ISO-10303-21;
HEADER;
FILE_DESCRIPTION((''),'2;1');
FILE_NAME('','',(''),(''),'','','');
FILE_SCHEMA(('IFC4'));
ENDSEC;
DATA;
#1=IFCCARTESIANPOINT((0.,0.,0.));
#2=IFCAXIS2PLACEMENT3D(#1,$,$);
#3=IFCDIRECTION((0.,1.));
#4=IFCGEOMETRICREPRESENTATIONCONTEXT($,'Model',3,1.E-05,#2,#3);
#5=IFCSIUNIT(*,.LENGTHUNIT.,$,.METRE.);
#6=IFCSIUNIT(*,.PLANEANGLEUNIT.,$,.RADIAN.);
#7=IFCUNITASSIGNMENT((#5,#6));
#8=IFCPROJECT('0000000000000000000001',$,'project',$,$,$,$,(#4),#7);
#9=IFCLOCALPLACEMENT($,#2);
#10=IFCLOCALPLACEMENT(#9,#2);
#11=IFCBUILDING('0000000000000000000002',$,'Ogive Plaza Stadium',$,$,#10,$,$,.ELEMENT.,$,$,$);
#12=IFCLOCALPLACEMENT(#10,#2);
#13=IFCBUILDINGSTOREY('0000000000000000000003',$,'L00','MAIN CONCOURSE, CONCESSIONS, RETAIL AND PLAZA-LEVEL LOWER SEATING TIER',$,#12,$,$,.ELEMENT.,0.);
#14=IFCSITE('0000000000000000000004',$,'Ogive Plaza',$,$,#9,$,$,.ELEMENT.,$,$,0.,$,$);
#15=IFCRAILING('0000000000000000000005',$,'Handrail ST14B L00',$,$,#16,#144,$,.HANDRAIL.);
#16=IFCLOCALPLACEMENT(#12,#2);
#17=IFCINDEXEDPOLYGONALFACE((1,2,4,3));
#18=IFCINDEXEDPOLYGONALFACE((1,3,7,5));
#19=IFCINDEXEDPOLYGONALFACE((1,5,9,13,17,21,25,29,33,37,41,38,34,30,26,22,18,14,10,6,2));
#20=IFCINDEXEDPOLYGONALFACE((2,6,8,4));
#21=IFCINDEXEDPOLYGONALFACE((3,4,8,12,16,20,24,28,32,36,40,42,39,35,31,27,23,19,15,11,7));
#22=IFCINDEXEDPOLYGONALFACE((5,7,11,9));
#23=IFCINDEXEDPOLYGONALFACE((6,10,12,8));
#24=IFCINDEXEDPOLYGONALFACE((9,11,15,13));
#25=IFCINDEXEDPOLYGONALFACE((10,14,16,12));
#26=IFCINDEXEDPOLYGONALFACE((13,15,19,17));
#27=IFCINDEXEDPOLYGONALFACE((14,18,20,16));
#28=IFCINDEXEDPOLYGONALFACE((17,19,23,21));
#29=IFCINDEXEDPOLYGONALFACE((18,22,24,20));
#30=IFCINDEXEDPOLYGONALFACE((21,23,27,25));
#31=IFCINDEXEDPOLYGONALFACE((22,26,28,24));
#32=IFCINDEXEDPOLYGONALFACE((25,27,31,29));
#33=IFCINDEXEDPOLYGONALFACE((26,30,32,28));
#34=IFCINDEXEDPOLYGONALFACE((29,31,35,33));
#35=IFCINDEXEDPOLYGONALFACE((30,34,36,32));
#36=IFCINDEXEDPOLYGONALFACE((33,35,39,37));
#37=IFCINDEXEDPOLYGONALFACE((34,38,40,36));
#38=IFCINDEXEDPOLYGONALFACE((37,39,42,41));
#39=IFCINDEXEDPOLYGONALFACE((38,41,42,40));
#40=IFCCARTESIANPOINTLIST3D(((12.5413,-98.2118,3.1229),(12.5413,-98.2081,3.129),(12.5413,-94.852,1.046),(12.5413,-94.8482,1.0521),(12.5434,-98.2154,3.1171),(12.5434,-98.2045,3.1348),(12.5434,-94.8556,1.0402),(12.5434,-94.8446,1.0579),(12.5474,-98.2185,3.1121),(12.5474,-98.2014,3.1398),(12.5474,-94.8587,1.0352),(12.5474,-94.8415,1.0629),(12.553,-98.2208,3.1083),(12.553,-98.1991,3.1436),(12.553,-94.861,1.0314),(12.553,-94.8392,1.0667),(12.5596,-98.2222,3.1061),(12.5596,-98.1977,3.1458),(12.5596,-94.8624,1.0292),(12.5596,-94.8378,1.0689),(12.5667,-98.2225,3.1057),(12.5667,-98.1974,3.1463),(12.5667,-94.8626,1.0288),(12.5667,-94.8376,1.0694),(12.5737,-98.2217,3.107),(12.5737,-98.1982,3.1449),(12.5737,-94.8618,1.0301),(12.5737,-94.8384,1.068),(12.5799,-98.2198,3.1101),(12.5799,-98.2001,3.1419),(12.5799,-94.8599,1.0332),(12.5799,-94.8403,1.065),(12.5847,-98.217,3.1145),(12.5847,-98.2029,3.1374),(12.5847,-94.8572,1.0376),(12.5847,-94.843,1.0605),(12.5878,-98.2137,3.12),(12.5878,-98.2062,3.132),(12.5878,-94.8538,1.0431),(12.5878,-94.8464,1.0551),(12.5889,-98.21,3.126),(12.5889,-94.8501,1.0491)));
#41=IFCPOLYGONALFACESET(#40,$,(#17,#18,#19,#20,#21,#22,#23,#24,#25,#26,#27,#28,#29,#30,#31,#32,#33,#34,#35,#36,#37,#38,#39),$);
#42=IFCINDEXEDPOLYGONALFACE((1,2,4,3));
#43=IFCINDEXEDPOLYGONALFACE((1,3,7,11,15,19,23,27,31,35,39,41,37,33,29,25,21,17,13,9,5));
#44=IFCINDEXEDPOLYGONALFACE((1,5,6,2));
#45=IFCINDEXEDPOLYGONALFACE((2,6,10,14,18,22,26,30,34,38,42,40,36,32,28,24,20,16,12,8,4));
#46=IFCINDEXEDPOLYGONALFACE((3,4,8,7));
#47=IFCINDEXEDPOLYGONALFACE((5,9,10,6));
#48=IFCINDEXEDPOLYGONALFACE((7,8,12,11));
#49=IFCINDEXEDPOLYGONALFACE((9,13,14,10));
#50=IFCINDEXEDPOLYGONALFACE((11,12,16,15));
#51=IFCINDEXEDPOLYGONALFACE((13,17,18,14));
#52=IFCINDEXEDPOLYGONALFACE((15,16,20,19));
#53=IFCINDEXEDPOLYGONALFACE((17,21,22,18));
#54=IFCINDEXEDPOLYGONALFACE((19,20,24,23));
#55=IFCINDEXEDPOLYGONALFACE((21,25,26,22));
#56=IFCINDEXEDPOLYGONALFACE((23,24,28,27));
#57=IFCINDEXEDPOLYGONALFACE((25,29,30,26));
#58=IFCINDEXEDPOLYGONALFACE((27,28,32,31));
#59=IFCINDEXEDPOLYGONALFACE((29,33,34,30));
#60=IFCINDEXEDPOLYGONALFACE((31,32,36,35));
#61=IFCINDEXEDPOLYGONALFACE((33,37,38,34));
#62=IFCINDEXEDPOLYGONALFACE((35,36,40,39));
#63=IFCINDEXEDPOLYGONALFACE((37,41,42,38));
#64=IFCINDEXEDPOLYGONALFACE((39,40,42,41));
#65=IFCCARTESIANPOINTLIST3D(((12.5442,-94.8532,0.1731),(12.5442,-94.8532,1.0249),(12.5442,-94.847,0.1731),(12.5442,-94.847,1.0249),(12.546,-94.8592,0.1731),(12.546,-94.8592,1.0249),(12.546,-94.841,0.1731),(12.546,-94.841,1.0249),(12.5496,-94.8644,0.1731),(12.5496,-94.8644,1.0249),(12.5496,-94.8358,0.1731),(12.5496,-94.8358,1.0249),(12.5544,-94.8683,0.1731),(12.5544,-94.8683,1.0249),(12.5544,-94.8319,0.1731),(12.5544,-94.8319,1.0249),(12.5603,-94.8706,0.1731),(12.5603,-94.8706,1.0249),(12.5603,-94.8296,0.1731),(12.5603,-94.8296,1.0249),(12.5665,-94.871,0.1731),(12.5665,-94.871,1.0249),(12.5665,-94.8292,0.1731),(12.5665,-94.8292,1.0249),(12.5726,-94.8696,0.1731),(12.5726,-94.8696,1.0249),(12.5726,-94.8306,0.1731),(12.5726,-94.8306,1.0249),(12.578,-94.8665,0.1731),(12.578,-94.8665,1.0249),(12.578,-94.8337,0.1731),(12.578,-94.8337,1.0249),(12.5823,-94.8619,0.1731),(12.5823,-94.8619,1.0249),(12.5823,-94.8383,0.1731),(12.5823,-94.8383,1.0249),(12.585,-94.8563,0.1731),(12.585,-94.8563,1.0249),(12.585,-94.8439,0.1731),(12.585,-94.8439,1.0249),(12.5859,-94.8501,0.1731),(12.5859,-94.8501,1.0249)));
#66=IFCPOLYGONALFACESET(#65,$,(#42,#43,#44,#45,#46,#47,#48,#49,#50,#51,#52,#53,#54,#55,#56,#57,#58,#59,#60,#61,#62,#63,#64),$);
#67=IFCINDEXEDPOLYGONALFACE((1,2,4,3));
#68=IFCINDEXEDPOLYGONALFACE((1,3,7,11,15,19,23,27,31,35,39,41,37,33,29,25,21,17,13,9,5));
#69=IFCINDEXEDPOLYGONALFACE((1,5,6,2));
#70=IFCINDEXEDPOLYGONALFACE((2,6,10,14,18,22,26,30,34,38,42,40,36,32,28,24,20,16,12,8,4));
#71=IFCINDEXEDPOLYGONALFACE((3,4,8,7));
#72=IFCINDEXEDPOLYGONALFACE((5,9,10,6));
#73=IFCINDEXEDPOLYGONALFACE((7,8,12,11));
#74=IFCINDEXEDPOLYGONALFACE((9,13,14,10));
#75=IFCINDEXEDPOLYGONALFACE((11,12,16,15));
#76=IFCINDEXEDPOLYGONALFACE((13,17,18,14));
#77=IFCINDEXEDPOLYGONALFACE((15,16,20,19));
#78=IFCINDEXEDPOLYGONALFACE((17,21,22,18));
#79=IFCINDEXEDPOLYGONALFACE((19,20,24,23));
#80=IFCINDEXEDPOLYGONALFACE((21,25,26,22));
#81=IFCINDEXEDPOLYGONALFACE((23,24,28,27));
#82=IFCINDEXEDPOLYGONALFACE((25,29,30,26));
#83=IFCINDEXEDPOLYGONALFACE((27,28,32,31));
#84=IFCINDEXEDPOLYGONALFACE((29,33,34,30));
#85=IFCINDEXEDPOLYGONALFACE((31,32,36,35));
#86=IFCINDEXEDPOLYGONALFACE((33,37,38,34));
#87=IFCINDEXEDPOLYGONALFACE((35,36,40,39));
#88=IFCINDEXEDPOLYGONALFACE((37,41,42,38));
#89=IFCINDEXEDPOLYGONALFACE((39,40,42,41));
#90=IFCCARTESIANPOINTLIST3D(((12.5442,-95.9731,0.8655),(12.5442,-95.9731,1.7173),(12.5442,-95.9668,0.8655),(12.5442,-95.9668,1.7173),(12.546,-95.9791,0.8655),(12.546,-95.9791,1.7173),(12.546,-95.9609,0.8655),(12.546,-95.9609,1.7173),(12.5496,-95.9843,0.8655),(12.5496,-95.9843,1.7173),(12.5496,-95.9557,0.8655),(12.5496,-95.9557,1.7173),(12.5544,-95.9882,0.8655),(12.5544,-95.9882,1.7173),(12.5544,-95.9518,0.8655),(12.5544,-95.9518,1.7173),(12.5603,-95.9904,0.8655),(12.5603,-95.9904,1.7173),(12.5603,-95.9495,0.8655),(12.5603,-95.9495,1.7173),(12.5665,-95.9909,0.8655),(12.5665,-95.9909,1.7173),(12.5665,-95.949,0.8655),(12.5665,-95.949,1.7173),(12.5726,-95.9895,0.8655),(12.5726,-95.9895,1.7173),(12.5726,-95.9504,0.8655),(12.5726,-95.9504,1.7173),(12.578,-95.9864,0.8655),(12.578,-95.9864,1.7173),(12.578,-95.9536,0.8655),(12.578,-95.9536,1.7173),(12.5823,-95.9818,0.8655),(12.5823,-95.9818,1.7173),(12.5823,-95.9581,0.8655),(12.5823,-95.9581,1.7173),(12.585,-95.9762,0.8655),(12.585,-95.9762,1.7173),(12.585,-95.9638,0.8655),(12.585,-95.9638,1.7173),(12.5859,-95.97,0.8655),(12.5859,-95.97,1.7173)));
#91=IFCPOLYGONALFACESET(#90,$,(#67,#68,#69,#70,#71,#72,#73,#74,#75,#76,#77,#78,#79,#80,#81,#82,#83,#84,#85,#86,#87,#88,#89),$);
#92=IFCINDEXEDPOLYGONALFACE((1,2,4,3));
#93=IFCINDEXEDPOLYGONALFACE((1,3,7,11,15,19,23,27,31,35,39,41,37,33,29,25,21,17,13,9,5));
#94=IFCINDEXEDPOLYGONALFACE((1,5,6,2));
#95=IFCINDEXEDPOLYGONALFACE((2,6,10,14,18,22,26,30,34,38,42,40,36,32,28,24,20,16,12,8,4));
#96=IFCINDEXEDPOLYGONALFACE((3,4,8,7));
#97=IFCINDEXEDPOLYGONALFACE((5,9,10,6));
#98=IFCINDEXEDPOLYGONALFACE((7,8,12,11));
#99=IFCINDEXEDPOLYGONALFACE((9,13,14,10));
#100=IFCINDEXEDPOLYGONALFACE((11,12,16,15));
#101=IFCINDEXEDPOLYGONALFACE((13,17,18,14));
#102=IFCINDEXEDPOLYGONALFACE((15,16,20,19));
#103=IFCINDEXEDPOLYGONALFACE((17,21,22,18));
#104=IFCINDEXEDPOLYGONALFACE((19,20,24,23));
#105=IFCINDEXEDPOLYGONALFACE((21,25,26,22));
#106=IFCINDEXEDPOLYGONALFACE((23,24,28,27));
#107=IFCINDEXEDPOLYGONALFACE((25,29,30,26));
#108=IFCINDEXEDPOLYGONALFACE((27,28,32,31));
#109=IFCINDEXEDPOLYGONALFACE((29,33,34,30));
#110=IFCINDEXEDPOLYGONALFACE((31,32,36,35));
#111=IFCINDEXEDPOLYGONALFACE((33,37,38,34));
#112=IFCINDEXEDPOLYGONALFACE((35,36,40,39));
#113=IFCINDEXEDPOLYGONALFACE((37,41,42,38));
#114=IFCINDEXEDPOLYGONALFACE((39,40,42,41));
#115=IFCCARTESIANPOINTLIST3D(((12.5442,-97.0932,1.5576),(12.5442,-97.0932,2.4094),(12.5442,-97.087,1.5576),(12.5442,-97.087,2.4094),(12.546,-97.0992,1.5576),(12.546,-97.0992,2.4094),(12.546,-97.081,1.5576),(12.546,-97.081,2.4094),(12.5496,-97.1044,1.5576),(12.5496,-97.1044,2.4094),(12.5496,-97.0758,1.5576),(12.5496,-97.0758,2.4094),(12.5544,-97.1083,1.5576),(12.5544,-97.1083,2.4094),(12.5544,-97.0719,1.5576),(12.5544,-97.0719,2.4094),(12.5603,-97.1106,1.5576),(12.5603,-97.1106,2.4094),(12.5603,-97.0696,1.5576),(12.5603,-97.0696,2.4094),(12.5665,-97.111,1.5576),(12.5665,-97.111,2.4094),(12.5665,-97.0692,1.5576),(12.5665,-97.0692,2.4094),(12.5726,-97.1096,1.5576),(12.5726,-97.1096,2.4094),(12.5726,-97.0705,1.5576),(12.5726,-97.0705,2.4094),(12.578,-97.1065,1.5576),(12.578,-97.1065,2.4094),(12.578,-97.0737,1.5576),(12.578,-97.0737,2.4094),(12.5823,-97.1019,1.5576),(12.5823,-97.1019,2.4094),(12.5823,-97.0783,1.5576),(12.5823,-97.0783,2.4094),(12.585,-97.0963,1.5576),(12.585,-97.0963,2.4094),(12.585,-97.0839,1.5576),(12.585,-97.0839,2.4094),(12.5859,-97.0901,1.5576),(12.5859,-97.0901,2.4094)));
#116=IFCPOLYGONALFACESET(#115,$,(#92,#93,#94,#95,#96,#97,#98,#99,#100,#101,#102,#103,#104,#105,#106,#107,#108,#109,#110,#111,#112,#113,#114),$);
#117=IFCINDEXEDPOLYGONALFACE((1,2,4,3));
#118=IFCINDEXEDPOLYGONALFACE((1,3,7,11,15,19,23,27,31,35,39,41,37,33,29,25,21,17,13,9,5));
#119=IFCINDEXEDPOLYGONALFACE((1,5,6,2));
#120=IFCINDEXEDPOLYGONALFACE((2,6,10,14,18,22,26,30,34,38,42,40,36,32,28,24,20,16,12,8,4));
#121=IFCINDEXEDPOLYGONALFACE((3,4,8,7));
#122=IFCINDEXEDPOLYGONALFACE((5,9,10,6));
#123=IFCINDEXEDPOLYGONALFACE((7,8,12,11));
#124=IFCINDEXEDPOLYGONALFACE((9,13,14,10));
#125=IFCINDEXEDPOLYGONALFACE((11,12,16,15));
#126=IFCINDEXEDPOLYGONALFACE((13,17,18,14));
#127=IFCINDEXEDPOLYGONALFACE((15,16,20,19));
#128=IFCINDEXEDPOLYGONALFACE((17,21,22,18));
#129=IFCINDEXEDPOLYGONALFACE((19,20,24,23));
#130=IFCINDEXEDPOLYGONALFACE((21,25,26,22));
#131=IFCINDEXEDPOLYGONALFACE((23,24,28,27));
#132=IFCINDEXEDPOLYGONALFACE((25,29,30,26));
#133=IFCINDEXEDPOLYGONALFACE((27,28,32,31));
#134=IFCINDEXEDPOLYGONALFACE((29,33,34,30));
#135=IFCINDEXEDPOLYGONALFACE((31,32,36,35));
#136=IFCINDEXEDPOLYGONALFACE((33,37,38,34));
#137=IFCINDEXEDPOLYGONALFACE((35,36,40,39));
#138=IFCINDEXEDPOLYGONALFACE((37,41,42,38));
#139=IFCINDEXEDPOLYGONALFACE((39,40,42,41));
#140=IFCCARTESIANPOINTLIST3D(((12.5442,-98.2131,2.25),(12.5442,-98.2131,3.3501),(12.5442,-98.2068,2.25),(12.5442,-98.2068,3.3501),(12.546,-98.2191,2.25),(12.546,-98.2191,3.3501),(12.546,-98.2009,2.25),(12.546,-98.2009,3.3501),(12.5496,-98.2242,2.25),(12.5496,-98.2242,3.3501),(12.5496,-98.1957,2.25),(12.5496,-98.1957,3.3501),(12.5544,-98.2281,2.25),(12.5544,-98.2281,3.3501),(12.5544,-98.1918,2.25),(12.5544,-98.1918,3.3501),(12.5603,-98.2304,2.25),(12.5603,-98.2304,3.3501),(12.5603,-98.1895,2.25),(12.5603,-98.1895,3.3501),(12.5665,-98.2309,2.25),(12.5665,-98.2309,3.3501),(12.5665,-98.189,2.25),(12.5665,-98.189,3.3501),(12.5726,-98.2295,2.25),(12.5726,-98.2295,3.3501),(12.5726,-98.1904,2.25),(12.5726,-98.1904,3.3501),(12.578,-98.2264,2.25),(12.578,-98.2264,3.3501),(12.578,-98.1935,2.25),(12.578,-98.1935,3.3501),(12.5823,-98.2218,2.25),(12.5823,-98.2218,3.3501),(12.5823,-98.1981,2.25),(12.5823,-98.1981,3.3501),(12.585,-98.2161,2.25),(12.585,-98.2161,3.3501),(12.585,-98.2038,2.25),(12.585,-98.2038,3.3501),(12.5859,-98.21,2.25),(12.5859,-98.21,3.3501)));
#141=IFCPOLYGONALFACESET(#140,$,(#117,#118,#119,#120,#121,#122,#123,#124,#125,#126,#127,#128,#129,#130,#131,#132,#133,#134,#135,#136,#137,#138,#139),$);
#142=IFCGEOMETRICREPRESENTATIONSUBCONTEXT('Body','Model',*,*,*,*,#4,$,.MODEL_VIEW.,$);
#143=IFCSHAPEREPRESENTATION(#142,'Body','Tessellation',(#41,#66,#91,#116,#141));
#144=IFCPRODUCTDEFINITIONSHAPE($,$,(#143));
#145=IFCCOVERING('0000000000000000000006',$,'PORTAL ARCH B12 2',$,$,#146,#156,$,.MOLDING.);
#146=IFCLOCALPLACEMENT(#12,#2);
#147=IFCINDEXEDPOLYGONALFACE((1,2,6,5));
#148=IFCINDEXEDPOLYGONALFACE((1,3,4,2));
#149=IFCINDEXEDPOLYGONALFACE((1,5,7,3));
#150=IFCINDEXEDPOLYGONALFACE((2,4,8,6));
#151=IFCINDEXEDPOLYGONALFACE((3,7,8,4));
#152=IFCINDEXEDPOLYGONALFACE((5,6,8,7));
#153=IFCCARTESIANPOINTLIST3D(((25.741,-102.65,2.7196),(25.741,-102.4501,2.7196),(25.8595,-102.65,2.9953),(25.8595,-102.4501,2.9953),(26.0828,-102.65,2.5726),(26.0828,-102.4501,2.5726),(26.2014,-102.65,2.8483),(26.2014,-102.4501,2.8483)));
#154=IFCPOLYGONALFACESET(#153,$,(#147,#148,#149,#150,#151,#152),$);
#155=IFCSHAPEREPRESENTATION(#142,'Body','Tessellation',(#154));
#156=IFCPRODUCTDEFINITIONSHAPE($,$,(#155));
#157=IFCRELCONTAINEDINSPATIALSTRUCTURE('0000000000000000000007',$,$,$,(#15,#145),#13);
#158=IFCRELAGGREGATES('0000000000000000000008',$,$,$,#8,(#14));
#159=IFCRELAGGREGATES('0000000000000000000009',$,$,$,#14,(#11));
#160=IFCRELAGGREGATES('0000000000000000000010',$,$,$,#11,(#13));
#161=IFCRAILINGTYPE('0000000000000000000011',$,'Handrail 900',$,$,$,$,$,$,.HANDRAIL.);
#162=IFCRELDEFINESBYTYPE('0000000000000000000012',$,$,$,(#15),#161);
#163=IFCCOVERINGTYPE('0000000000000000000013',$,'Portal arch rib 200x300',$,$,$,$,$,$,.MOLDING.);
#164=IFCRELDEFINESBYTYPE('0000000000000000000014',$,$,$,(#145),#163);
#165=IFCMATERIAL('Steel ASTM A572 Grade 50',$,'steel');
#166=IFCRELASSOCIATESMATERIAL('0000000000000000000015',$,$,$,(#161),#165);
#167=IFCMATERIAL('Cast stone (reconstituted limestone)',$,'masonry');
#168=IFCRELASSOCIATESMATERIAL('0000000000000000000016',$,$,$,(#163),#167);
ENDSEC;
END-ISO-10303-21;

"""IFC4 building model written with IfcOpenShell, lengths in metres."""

from ifc_helpers import new_model, si_unit, direction, frame, origin, origin_2d, place, context, subcontext, project, spatial, rectangle, circle, extrude, material, material_profile, profile_set, type_object, element, save


model = new_model("IFC4")

# Units and contexts
model_context = context("Model", 3, precision=1e-05, world=origin(), true_north=direction((0.0, 1.0)))
body_context = subcontext(model_context, "Body", "Model", "MODEL_VIEW")
ifc_project = project(units=[si_unit("LENGTHUNIT", "METRE"), si_unit("PLANEANGLEUNIT", "RADIAN")], contexts=[model_context])

# Site, building, storey
site_placement = place(None, origin())
site = spatial("IfcSite", under=ifc_project, at=site_placement, Name="Ogive Plaza", CompositionType="ELEMENT", RefElevation=0.0)
building_placement = place(site_placement, origin())
building = spatial("IfcBuilding", under=site, at=building_placement, Name="Ogive Plaza Stadium", CompositionType="ELEMENT")
storey_placement = place(building_placement, origin())
storey = spatial("IfcBuildingStorey", under=building, at=storey_placement, Name="L00", Description="MAIN CONCOURSE, CONCESSIONS, RETAIL AND PLAZA-LEVEL LOWER SEATING TIER", CompositionType="ELEMENT", Elevation=0.0)

# Railing
ifc_material_1 = material(Name="Steel ASTM A572 Grade 50", Category="steel")
railing_type = type_object("IfcRailingType", Name="Handrail 900", PredefinedType="HANDRAIL", material=ifc_material_1)
railing_placement = place(storey_placement, frame((12.5649, -94.8501, 0.1731)))
element("IfcRailing", 1, at=railing_placement, inside=storey, type_object=railing_type, Name="Handrail ST14B L00", PredefinedType="HANDRAIL", context=body_context, shape_type="SweptSolid", body=[
    extrude(circle(Radius=0.0239, at=origin_2d()), frame((0.0, 0.0, 0.876), z_axis=(0.0, -0.850606, 0.525803), x_axis=(1.0, 0.0, 0.0)), (0.0, 0.0, 1.0), 3.95),
    extrude(circle(Radius=0.021, at=origin_2d()), origin(), (0.0, 0.0, 1.0), 0.8518),
    extrude(circle(Radius=0.021, at=origin_2d()), frame((0.0, -1.1199, 0.6924)), (0.0, 0.0, 1.0), 0.8518),
    extrude(circle(Radius=0.021, at=origin_2d()), frame((0.0, -2.24, 1.3845)), (0.0, 0.0, 1.0), 0.8518),
    extrude(circle(Radius=0.021, at=origin_2d()), frame((0.0, -3.3599, 2.0769)), (0.0, 0.0, 1.0), 1.1001),
])

# Covering
ifc_material_2 = material(Name="Cast stone (reconstituted limestone)", Category="masonry")
ifc_material_profile_1 = material_profile(ifc_material_2, rectangle(XDim=0.2, YDim=0.3, at=origin_2d()), Name="Cast stone 200x300")
ifc_profile_set_1 = profile_set([ifc_material_profile_1], Name="Cast stone (reconstituted limestone)")
covering_type = type_object("IfcCoveringType", Name="Portal arch rib 200x300", PredefinedType="MOLDING", material=ifc_profile_set_1)
covering_placement = place(storey_placement, frame((26.1421, -102.55, 2.7104), z_axis=(-0.918669, 0.0, 0.395028), x_axis=(0.0, -1.0, 0.0)))
element("IfcCovering", 2, at=covering_placement, inside=storey, type_object=covering_type, Name="PORTAL ARCH B12 2", PredefinedType="MOLDING", context=body_context, shape_type="SweptSolid", body=[
    extrude(rectangle(XDim=0.2, YDim=0.3, at=origin_2d()), origin(), (0.0, 0.0, 1.0), 0.3721),
])

save(model, "model.ifc")
